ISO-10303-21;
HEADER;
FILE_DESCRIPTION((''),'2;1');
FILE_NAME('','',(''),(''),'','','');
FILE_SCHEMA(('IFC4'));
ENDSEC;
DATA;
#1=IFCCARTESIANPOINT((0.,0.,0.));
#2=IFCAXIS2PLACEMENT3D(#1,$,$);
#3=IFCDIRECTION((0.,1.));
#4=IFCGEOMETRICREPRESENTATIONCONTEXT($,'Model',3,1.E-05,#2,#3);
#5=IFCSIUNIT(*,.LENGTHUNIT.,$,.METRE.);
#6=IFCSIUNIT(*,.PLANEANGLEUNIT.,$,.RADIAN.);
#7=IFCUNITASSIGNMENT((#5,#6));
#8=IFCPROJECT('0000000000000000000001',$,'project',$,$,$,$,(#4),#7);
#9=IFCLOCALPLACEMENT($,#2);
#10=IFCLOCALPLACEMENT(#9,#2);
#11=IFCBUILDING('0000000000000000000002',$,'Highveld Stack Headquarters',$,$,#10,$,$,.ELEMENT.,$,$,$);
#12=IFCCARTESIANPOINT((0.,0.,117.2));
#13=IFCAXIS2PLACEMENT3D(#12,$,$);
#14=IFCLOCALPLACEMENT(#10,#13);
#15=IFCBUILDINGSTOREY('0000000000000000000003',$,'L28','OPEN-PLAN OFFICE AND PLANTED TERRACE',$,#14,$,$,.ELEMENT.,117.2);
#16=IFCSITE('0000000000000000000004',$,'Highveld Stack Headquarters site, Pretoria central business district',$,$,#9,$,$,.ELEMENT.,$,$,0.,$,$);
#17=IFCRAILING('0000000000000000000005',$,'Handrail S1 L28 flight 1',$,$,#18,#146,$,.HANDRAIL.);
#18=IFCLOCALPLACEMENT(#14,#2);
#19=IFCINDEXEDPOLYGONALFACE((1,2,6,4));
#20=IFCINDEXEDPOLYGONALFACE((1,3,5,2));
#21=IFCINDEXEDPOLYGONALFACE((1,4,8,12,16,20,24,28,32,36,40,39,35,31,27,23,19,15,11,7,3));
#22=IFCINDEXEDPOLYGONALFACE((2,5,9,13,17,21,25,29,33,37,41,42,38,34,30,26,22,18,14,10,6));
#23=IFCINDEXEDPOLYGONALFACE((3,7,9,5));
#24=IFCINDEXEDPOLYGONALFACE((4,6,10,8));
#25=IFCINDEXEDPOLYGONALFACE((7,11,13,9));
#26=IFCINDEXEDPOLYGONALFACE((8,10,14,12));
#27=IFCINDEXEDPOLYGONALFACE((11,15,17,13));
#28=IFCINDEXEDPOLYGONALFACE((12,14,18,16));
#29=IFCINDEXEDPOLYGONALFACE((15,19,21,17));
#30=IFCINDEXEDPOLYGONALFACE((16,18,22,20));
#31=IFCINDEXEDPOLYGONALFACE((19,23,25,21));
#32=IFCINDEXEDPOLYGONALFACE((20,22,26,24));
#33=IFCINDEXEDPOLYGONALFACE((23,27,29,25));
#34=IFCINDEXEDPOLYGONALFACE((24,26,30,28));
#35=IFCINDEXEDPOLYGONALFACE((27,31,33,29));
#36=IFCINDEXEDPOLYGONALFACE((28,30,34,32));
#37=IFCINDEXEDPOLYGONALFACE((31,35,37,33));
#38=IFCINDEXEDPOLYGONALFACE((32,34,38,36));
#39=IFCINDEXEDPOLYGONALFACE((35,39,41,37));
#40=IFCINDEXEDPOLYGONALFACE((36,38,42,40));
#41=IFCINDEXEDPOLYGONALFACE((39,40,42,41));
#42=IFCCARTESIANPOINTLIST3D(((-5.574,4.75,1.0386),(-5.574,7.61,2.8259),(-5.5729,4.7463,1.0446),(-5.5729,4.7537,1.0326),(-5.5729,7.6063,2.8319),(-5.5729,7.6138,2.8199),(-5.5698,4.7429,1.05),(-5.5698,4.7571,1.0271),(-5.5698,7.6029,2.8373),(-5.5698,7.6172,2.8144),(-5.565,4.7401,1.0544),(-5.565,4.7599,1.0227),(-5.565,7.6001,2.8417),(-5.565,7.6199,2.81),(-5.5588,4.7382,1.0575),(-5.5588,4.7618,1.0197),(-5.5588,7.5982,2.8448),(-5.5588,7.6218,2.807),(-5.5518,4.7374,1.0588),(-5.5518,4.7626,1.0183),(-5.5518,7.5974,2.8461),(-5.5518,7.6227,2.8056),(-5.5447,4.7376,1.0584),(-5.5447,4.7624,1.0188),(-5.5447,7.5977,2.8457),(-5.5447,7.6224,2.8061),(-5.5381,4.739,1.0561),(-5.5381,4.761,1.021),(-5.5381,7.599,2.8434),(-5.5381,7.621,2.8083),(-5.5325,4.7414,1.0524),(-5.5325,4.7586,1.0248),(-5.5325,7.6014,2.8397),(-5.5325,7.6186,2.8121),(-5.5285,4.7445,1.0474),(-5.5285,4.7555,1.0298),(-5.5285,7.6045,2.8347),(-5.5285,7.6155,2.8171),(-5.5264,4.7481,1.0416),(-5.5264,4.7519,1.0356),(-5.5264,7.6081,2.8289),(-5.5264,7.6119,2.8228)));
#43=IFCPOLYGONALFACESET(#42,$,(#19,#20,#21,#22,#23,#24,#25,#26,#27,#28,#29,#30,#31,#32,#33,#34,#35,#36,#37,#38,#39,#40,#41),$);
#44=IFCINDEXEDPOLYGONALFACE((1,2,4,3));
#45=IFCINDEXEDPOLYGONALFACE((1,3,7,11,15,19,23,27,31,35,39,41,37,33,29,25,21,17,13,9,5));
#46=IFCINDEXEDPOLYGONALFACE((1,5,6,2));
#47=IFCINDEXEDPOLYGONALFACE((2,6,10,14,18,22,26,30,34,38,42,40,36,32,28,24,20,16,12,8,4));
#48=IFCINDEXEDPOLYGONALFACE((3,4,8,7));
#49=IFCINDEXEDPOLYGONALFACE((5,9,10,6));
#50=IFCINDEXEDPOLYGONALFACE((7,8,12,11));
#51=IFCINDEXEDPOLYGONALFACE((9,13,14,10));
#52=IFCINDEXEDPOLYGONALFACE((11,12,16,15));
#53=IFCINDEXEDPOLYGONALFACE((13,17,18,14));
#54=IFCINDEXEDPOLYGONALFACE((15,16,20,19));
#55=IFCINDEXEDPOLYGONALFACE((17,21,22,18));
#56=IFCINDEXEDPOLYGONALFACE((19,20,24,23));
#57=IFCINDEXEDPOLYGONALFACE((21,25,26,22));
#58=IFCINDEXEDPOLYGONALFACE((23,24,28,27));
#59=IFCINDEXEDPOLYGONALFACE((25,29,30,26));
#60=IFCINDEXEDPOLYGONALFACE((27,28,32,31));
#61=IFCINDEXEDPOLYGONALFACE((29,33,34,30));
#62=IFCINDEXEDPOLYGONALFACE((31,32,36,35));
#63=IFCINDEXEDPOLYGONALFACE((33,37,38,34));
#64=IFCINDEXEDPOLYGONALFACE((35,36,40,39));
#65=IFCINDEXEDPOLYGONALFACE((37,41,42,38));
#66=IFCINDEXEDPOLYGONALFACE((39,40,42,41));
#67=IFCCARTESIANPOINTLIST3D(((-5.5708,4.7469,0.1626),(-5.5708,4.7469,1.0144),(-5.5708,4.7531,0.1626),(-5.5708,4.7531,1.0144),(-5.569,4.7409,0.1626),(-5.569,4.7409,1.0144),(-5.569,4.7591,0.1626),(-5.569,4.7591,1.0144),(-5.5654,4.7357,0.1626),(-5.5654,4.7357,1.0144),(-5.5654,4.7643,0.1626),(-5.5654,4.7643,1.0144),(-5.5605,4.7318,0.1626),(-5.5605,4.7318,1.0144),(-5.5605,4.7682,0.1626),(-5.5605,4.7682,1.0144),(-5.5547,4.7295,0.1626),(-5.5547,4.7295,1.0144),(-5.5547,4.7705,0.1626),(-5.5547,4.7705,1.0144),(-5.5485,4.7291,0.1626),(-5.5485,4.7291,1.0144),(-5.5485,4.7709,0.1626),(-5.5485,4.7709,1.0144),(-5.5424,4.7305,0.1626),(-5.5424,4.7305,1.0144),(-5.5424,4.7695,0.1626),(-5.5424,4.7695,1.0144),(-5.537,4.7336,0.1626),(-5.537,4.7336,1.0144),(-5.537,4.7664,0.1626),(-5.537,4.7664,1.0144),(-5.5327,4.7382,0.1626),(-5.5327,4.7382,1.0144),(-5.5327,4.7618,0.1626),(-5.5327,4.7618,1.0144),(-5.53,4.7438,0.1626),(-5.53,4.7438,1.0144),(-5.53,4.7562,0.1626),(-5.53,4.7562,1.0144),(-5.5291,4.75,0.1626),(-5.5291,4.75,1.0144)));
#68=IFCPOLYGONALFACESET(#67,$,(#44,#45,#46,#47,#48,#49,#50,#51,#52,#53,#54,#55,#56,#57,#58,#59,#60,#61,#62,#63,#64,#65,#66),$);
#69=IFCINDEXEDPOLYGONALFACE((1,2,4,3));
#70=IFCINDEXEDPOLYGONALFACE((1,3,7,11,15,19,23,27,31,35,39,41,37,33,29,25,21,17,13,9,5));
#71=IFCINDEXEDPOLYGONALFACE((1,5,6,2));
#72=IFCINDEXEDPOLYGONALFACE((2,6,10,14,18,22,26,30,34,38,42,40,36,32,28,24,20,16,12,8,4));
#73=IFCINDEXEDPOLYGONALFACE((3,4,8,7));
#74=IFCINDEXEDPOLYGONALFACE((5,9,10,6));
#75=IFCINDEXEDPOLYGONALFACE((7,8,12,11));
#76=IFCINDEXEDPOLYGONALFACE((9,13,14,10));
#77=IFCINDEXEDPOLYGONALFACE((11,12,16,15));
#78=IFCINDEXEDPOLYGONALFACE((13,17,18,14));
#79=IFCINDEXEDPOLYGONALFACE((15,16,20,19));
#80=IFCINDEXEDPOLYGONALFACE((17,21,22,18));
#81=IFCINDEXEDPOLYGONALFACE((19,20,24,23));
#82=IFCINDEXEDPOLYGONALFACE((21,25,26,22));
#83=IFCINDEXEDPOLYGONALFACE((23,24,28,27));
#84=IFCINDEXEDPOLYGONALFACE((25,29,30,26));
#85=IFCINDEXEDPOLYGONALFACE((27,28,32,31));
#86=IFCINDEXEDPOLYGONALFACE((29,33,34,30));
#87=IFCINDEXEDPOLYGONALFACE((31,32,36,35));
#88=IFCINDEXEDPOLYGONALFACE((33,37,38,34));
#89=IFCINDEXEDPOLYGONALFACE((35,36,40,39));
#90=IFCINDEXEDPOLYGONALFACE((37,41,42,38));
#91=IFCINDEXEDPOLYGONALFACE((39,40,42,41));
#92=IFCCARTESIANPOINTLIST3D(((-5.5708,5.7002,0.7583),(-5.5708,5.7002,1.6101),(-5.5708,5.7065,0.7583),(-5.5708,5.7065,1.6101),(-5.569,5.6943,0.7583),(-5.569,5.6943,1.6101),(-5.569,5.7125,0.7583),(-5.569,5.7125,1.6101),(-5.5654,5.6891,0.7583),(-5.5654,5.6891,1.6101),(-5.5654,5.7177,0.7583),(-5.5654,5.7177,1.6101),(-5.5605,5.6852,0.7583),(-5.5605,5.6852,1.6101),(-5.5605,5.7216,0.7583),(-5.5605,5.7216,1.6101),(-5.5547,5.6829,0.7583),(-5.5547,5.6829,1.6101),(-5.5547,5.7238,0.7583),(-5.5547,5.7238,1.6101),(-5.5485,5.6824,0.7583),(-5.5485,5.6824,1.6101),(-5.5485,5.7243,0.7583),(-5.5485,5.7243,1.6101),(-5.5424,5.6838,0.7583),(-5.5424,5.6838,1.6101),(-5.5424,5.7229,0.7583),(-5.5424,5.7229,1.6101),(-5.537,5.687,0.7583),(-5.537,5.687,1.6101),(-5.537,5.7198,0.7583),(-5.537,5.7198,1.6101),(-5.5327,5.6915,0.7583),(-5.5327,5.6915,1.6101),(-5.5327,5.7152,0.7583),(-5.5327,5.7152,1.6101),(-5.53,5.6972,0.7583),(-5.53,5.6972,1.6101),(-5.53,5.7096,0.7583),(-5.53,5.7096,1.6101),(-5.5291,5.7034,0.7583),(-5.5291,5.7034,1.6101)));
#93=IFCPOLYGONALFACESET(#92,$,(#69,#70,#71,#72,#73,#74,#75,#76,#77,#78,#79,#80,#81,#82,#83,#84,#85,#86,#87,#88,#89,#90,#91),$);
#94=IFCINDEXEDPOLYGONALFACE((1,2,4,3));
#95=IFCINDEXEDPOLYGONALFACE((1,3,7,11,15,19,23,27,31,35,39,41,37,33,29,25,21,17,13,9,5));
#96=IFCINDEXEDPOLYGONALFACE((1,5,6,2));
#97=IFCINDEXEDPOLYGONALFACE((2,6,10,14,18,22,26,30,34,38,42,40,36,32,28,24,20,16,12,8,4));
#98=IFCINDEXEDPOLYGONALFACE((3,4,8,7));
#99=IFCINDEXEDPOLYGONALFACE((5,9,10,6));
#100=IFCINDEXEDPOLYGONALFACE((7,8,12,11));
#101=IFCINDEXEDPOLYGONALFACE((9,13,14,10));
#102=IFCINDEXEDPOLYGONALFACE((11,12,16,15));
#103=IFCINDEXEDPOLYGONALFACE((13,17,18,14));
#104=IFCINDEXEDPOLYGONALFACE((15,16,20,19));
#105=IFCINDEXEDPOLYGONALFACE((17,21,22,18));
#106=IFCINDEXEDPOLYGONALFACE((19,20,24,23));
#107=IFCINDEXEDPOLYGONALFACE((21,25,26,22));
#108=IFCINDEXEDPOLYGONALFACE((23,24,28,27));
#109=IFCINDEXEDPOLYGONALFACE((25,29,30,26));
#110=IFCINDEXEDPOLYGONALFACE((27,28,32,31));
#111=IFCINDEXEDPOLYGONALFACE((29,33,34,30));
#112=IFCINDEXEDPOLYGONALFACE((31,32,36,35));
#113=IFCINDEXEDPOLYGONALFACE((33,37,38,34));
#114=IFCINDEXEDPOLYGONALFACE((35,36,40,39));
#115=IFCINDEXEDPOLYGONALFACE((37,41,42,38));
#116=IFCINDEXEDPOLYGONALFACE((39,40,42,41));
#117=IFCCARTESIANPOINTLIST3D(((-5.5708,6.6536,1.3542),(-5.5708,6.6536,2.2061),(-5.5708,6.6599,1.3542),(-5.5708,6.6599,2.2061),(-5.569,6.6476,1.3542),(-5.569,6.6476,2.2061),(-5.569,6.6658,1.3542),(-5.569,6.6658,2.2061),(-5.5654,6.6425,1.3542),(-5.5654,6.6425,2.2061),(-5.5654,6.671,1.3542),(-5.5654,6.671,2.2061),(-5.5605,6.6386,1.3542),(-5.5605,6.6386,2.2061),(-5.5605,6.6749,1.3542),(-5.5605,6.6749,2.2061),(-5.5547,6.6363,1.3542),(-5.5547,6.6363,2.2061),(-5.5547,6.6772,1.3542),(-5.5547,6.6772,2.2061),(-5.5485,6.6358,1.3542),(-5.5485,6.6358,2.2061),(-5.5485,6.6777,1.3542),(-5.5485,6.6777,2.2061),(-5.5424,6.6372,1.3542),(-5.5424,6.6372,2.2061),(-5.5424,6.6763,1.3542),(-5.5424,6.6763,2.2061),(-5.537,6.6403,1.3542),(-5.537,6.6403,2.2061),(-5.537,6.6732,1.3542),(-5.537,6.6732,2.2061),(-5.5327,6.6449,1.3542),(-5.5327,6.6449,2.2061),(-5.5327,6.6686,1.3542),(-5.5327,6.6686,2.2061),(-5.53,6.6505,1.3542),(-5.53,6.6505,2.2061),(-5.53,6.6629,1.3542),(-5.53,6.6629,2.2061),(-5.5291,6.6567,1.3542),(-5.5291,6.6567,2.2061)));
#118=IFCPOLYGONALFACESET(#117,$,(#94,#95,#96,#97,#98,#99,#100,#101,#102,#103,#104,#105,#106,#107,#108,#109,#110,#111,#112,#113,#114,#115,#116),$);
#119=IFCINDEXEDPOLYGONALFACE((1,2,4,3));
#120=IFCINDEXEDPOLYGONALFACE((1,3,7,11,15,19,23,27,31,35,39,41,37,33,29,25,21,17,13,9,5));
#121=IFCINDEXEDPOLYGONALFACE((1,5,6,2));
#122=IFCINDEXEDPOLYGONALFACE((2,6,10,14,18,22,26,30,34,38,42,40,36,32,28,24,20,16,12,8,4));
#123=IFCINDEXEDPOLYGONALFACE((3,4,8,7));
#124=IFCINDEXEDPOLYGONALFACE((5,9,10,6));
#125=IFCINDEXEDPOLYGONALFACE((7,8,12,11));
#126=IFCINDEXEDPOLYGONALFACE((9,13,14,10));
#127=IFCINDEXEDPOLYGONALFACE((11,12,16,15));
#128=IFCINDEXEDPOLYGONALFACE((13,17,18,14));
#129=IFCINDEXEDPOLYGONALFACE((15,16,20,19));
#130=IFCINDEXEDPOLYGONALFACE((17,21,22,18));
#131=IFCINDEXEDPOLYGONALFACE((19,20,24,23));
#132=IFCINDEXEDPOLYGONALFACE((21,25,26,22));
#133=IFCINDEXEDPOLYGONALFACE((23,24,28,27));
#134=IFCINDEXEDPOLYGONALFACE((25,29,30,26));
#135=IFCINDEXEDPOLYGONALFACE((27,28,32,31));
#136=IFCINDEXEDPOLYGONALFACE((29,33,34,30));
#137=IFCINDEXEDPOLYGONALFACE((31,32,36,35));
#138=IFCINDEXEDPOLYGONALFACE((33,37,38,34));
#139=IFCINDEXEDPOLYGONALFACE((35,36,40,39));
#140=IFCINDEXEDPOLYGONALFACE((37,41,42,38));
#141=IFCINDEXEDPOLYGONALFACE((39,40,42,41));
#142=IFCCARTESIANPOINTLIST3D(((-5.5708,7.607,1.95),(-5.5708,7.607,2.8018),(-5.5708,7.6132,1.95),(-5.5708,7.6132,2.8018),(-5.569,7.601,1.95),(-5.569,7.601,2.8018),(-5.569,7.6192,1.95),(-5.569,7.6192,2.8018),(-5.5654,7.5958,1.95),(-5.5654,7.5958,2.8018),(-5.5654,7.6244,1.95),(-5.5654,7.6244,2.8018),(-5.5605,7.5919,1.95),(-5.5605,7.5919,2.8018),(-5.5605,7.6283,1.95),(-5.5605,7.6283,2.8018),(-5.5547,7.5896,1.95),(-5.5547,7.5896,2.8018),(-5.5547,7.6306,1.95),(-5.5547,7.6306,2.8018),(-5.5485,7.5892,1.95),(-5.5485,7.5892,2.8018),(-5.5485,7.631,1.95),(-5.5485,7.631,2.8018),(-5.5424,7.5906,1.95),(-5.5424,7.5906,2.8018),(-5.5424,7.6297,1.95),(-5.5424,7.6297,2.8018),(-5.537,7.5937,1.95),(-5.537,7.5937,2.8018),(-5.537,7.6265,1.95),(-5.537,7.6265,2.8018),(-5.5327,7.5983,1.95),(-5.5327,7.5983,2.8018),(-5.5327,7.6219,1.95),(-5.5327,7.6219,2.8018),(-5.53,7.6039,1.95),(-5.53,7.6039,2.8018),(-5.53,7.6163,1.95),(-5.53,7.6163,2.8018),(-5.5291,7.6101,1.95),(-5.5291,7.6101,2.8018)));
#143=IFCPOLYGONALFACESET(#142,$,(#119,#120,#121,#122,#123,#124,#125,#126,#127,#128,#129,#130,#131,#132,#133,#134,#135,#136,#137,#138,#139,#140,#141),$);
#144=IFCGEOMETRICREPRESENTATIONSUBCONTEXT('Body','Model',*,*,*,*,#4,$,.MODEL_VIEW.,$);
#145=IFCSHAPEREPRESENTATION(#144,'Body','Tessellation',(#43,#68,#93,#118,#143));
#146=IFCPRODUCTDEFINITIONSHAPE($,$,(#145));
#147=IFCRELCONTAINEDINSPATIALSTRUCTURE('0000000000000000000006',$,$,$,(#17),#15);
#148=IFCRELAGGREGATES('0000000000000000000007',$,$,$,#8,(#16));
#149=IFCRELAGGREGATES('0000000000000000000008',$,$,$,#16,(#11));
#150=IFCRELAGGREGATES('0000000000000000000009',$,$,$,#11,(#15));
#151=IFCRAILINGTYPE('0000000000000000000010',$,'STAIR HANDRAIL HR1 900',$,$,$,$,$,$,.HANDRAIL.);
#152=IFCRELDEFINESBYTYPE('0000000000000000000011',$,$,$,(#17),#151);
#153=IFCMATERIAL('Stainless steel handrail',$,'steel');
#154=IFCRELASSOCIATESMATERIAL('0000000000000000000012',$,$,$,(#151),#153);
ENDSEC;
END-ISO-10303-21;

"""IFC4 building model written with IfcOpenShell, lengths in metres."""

from ifc_helpers import new_model, si_unit, direction, frame, origin, origin_2d, place, context, subcontext, project, spatial, circle, extrude, material, type_object, element, save


model = new_model("IFC4")

# Units and contexts
model_context = context("Model", 3, precision=1e-05, world=origin(), true_north=direction((0.0, 1.0)))
body_context = subcontext(model_context, "Body", "Model", "MODEL_VIEW")
ifc_project = project(units=[si_unit("LENGTHUNIT", "METRE"), si_unit("PLANEANGLEUNIT", "RADIAN")], contexts=[model_context])

# Site, building, storey
site_placement = place(None, origin())
site = spatial("IfcSite", under=ifc_project, at=site_placement, Name="Highveld Stack Headquarters site, Pretoria central business district", CompositionType="ELEMENT", RefElevation=0.0)
building_placement = place(site_placement, origin())
building = spatial("IfcBuilding", under=site, at=building_placement, Name="Highveld Stack Headquarters", CompositionType="ELEMENT")
storey_placement = place(building_placement, frame((0.0, 0.0, 117.2)))
storey = spatial("IfcBuildingStorey", under=building, at=storey_placement, Name="L28", Description="OPEN-PLAN OFFICE AND PLANTED TERRACE", CompositionType="ELEMENT", Elevation=117.2)

# Railing
ifc_material_1 = material(Name="Stainless steel handrail", Category="steel")
railing_type = type_object("IfcRailingType", Name="STAIR HANDRAIL HR1 900", PredefinedType="HANDRAIL", material=ifc_material_1)
for number, where, name in (
    (1, (-5.55, 4.75, 0.1626), "Handrail S1 L28 flight 1"),
):
    element("IfcRailing", number, at=place(storey_placement, frame(where)), inside=storey, type_object=railing_type, Name=name, PredefinedType="HANDRAIL", context=body_context, shape_type="SweptSolid", body=[
        extrude(circle(Radius=0.0239, at=origin_2d()), frame((0.0, 0.0, 0.876), z_axis=(0.0, 0.848027, 0.529953), x_axis=(-1.0, 0.0, 0.0)), (0.0, 0.0, 1.0), 3.3726),
        extrude(circle(Radius=0.021, at=origin_2d()), origin(), (0.0, 0.0, 1.0), 0.8518),
        extrude(circle(Radius=0.021, at=origin_2d()), frame((0.0, 0.9534, 0.5957)), (0.0, 0.0, 1.0), 0.8518),
        extrude(circle(Radius=0.021, at=origin_2d()), frame((0.0, 1.9067, 1.1917)), (0.0, 0.0, 1.0), 0.8518),
        extrude(circle(Radius=0.021, at=origin_2d()), frame((0.0, 2.8601, 1.7874)), (0.0, 0.0, 1.0), 0.8518),
    ])

save(model, "model.ifc")
